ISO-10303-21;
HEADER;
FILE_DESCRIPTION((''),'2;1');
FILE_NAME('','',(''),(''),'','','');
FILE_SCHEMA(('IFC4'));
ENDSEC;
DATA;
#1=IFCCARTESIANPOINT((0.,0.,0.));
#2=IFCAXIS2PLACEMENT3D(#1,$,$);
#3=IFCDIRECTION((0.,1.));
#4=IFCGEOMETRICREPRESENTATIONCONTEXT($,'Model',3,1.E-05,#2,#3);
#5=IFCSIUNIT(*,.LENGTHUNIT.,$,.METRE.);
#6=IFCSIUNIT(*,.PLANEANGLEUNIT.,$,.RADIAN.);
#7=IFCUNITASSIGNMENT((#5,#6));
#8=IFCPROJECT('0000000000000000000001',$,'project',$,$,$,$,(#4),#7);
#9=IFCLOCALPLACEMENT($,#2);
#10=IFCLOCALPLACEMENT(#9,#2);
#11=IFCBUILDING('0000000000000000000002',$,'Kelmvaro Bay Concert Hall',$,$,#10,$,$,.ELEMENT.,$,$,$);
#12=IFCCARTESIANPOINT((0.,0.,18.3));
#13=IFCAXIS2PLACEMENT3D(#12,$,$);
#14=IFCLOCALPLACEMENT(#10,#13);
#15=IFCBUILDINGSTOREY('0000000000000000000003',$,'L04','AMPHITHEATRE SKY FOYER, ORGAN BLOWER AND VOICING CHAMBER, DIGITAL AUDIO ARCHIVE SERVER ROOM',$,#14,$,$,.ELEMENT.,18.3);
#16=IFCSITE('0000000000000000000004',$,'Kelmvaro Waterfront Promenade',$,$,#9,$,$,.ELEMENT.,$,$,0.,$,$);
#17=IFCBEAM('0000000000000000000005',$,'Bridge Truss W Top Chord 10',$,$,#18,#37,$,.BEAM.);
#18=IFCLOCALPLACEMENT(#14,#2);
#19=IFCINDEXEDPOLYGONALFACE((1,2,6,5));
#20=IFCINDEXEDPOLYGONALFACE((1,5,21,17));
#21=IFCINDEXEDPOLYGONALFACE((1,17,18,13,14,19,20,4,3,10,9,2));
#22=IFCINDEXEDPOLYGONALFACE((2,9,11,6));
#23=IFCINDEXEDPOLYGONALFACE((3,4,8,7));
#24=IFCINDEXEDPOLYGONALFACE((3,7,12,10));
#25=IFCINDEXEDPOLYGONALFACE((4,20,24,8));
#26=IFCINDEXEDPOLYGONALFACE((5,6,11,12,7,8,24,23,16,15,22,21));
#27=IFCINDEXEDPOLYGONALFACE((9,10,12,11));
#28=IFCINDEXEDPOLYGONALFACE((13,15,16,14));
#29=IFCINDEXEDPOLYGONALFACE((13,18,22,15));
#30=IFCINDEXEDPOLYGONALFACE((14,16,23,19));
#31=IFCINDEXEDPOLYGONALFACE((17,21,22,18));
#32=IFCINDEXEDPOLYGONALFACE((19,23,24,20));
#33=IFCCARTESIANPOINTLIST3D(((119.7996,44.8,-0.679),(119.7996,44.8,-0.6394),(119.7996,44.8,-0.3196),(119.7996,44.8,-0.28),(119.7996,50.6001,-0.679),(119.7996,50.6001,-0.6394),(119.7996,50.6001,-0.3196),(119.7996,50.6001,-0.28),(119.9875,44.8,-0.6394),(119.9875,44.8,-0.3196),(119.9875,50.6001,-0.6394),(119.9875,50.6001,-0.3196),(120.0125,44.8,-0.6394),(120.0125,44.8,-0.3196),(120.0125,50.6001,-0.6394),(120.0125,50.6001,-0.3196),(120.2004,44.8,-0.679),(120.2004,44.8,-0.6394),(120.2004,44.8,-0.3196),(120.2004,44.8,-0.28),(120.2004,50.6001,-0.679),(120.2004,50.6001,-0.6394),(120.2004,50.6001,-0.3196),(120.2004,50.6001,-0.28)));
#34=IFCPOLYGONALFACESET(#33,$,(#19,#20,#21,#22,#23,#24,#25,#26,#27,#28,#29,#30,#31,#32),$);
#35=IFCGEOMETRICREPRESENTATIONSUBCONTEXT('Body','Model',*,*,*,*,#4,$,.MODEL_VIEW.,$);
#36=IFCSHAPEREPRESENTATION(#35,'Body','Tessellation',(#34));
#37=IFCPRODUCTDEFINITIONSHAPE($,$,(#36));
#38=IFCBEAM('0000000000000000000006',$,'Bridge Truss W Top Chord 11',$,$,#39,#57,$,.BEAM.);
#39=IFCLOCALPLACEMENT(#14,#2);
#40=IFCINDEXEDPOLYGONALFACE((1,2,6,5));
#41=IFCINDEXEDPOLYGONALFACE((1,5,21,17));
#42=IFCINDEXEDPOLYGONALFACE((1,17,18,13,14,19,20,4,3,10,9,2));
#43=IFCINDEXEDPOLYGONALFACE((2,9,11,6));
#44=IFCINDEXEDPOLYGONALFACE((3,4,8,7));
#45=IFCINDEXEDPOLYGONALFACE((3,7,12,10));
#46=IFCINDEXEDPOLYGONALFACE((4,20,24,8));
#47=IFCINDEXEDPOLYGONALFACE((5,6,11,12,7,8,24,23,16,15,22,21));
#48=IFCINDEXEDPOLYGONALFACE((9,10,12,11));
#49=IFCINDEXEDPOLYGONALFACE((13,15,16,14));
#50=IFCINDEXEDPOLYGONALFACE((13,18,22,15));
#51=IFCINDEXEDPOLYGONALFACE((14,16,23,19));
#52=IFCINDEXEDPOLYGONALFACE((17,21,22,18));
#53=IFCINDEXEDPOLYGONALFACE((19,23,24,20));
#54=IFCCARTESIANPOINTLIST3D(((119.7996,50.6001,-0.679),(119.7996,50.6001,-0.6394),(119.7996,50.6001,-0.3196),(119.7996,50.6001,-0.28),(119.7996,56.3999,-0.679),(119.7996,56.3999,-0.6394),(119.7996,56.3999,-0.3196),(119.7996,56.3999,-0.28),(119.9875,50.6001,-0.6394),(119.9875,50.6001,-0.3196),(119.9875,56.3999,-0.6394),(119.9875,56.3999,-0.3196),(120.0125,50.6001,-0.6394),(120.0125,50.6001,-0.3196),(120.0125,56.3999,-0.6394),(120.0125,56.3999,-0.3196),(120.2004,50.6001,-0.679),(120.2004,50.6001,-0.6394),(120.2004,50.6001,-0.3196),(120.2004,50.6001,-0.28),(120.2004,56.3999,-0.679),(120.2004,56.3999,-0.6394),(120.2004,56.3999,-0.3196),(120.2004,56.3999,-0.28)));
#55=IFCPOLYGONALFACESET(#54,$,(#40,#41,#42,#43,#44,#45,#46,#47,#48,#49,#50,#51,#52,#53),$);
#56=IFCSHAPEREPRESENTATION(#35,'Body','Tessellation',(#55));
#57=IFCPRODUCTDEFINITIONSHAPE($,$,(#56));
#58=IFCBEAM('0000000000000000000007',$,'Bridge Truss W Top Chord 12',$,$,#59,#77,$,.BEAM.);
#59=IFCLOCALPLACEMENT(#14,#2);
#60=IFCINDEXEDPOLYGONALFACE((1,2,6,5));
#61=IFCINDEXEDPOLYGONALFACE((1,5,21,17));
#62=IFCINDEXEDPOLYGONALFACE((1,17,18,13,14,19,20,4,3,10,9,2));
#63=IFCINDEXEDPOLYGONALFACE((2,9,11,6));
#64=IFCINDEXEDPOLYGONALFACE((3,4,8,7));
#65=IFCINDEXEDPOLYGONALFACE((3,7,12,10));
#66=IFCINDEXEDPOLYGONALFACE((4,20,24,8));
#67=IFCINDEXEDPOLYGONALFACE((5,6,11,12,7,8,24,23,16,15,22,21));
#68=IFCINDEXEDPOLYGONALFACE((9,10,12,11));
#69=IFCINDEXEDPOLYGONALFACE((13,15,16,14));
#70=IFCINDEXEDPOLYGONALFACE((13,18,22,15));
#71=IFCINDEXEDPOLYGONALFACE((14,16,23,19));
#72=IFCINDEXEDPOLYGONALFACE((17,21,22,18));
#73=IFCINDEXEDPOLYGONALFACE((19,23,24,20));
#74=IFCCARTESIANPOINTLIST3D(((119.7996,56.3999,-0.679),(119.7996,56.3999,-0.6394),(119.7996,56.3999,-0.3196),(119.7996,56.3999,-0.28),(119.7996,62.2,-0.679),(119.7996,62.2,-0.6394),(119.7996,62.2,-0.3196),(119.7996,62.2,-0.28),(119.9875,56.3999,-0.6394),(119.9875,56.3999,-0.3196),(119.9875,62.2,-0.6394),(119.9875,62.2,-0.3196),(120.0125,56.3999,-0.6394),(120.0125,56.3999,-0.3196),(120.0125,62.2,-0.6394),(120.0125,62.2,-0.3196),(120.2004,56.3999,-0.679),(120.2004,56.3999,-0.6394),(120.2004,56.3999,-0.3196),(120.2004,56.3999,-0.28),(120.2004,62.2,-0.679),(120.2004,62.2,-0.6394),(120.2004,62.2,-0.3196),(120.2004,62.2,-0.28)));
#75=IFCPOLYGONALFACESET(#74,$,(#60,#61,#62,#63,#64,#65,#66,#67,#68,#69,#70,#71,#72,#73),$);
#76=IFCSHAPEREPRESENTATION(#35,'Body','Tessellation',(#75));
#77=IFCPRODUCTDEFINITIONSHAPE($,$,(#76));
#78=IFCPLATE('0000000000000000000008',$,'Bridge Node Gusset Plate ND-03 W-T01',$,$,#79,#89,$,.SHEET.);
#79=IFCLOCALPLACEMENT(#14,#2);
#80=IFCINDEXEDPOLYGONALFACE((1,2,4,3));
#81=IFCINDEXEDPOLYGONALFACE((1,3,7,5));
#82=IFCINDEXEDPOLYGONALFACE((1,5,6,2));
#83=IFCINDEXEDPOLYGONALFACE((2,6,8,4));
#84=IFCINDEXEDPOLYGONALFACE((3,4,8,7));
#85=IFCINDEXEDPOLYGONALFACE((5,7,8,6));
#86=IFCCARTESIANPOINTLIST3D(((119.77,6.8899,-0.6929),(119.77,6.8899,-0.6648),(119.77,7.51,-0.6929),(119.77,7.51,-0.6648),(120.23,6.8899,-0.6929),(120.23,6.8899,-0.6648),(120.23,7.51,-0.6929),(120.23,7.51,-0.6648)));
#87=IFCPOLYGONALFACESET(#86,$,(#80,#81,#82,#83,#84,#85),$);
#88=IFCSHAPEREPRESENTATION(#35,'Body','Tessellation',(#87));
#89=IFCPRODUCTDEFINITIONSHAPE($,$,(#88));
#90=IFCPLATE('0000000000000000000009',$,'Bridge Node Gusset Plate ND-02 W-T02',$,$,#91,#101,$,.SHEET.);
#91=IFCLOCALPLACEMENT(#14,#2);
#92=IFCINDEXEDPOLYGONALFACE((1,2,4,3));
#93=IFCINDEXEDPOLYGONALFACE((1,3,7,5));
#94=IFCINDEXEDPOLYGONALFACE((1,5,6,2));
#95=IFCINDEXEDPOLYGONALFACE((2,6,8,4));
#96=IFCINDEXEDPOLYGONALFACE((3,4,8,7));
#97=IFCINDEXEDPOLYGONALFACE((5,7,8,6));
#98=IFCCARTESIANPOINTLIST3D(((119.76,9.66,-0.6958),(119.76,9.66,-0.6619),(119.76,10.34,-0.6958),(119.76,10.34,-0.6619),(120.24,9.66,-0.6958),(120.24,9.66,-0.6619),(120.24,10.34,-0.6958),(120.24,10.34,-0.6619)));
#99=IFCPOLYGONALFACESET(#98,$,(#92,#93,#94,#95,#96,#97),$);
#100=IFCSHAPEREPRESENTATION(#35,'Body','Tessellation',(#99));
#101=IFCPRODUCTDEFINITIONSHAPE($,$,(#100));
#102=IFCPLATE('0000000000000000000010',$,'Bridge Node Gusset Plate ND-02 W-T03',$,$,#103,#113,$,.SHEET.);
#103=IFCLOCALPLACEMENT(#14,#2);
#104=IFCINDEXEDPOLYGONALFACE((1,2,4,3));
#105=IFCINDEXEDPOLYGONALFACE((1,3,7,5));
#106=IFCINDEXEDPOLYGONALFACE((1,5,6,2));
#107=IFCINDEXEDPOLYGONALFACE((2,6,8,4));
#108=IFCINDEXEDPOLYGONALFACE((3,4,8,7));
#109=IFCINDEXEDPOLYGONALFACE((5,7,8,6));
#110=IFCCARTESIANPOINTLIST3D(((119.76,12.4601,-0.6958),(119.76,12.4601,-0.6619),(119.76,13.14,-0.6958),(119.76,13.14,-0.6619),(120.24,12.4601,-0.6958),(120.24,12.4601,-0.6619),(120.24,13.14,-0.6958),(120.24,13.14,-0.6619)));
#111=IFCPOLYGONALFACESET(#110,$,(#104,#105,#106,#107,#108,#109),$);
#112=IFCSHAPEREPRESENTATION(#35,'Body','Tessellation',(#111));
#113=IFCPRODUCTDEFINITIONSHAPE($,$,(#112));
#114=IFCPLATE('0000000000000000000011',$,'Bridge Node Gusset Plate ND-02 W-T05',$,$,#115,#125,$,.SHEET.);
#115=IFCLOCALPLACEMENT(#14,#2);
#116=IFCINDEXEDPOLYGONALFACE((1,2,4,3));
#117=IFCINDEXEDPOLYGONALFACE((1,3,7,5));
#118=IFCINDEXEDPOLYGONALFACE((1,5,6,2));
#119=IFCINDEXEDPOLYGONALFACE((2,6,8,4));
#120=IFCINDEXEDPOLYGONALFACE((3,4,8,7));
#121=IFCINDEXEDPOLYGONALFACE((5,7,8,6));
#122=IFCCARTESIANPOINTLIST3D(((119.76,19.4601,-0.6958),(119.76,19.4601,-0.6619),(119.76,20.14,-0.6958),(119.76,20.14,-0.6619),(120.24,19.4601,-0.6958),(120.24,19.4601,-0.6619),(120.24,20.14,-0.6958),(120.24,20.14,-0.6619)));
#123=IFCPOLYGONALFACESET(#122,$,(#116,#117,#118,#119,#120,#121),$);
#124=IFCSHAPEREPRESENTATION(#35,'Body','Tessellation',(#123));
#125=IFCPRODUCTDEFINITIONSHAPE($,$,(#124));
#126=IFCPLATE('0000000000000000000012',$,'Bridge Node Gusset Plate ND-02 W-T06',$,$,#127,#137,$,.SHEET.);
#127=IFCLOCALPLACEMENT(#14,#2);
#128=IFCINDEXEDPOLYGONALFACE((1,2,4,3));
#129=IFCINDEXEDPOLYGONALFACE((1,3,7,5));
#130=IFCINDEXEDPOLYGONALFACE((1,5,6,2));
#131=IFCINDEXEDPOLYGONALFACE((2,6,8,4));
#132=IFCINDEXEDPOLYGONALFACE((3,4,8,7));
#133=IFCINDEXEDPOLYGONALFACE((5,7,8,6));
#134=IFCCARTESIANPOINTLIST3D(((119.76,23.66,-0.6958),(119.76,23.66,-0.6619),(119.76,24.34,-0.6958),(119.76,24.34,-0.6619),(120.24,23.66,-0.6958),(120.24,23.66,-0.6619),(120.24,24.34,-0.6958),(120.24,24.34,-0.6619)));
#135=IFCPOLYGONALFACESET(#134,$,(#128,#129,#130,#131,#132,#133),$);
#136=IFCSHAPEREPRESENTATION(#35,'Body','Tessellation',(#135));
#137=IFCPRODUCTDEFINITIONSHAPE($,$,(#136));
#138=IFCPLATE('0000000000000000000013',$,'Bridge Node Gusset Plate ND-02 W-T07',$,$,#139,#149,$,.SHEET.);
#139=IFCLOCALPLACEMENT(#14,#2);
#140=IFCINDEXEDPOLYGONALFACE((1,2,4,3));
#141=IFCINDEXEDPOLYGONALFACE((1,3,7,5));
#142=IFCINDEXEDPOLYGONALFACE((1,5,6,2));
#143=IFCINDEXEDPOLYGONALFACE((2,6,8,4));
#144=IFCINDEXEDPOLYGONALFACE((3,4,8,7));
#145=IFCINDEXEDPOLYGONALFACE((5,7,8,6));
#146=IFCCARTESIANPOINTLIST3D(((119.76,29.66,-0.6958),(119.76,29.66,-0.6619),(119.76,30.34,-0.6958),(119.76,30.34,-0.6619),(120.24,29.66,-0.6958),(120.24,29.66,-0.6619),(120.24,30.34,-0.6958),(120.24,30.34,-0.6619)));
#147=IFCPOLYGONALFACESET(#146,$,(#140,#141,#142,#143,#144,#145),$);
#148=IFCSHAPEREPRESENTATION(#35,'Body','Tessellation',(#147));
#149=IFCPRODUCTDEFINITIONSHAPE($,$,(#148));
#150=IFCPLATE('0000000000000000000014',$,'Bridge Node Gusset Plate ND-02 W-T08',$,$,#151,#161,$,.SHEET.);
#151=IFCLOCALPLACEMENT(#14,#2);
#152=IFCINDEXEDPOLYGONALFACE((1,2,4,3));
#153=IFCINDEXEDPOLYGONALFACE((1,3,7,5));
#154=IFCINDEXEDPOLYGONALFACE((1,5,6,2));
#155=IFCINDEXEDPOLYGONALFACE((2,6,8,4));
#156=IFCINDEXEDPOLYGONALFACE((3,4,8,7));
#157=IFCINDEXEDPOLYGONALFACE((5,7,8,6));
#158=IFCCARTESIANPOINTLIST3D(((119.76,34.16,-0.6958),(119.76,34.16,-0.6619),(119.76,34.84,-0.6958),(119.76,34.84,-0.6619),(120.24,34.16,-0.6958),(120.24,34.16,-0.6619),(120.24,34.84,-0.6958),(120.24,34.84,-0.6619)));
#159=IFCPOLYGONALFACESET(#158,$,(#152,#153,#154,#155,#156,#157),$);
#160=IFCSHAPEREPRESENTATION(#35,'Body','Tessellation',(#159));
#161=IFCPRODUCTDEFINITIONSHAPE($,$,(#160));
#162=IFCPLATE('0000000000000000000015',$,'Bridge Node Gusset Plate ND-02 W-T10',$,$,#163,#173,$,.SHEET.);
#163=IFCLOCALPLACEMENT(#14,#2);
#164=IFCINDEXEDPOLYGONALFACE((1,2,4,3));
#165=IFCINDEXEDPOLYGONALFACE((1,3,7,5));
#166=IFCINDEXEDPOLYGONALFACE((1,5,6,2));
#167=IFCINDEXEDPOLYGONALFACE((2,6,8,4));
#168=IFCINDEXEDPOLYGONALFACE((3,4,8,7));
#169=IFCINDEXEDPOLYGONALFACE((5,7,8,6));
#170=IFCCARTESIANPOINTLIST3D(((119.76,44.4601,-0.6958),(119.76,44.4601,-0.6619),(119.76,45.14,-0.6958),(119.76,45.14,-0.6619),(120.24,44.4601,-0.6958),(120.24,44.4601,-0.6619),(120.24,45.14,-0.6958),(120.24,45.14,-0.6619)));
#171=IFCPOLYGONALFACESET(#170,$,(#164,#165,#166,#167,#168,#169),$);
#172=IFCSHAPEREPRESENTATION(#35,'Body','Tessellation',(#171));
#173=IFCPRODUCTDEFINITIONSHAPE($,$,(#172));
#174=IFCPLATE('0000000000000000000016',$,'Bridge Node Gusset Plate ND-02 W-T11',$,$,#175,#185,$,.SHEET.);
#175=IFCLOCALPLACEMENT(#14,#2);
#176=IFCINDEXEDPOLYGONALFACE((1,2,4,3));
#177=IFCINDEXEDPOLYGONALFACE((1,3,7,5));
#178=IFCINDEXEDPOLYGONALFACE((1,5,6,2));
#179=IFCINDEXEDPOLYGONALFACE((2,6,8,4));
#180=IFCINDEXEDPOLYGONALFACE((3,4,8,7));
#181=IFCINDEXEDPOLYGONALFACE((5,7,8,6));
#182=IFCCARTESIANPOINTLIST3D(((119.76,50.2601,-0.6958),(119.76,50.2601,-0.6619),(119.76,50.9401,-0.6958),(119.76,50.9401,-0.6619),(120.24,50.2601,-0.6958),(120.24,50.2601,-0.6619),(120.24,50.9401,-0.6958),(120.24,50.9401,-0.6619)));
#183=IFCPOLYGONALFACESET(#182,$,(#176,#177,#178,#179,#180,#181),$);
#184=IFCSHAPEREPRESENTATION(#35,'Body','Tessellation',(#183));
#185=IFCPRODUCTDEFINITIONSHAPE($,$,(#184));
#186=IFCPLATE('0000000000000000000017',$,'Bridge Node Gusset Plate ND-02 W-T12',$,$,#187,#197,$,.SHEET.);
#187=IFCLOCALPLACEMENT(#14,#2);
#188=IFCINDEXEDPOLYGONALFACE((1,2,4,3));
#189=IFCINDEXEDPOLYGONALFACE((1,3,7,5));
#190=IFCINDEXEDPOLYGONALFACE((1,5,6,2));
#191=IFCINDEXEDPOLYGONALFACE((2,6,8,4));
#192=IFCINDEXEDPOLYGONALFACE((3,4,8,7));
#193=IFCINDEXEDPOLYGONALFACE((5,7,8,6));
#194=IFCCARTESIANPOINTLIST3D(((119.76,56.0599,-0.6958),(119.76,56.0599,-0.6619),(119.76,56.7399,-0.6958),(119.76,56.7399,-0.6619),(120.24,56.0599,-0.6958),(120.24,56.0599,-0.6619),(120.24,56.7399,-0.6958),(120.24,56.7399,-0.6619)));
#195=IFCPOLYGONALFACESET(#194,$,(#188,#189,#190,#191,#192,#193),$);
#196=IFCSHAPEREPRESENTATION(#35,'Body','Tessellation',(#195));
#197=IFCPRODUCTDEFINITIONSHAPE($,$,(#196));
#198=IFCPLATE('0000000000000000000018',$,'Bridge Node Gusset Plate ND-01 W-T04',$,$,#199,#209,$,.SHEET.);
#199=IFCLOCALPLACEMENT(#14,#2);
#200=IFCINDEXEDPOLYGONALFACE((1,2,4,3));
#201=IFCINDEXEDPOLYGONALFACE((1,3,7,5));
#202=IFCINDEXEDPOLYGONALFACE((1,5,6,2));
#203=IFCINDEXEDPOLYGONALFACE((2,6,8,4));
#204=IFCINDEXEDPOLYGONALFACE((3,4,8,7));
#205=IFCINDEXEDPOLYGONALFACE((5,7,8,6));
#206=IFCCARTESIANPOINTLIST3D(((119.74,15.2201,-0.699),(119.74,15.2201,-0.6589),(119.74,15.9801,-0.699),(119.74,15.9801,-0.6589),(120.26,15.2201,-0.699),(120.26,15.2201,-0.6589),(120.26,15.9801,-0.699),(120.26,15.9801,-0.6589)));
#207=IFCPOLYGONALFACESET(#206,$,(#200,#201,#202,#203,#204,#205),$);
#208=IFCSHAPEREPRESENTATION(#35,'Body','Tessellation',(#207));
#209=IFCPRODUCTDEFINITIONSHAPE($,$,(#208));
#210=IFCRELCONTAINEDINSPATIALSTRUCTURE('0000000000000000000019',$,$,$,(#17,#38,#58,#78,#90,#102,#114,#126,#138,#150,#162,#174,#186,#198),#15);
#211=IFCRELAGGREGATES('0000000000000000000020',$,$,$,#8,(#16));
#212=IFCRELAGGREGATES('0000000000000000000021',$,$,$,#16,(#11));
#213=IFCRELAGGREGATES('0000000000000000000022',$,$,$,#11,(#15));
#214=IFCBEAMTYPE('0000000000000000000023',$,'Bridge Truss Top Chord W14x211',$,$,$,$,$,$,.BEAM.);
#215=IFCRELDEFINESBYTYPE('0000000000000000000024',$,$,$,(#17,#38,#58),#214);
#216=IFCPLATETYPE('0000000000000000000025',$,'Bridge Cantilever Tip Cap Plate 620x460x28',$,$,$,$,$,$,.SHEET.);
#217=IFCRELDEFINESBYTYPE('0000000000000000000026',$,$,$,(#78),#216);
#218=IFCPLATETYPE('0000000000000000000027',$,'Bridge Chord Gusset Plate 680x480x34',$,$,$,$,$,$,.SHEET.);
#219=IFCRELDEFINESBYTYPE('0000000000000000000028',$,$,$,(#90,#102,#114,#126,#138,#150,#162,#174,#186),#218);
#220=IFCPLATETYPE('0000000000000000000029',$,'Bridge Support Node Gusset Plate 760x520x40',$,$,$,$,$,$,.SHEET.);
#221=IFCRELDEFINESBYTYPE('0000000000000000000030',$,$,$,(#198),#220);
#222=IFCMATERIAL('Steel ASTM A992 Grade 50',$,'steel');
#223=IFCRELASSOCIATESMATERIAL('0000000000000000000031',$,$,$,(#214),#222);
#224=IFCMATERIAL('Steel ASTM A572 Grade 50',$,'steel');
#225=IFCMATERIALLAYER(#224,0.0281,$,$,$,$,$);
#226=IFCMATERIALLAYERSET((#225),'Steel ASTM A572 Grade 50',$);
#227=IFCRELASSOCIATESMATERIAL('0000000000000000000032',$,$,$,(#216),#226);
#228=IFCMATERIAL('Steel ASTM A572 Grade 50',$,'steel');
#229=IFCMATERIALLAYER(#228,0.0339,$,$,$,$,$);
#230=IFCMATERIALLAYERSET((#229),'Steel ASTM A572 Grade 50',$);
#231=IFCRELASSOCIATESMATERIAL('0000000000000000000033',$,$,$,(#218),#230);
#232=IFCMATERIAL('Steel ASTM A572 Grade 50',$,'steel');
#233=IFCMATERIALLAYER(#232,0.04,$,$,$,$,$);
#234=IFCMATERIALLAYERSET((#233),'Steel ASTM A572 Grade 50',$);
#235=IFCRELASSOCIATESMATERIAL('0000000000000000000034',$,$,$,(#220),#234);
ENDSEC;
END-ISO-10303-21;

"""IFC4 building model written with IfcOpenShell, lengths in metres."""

from ifc_helpers import new_model, si_unit, direction, frame, origin, origin_2d, place, context, subcontext, project, spatial, rectangle, i_section, extrude, material, layer, layer_set, material_profile, profile_set, type_object, element, save


model = new_model("IFC4")

# Units and contexts
model_context = context("Model", 3, precision=1e-05, world=origin(), true_north=direction((0.0, 1.0)))
body_context = subcontext(model_context, "Body", "Model", "MODEL_VIEW")
ifc_project = project(units=[si_unit("LENGTHUNIT", "METRE"), si_unit("PLANEANGLEUNIT", "RADIAN")], contexts=[model_context])

# Site, building, storey
site_placement = place(None, origin())
site = spatial("IfcSite", under=ifc_project, at=site_placement, Name="Kelmvaro Waterfront Promenade", CompositionType="ELEMENT", RefElevation=0.0)
building_placement = place(site_placement, origin())
building = spatial("IfcBuilding", under=site, at=building_placement, Name="Kelmvaro Bay Concert Hall", CompositionType="ELEMENT")
storey_placement = place(building_placement, frame((0.0, 0.0, 18.3)))
storey = spatial("IfcBuildingStorey", under=building, at=storey_placement, Name="L04", Description="AMPHITHEATRE SKY FOYER, ORGAN BLOWER AND VOICING CHAMBER, DIGITAL AUDIO ARCHIVE SERVER ROOM", CompositionType="ELEMENT", Elevation=18.3)

# Beams
ifc_material_1 = material(Name="Steel ASTM A992 Grade 50", Category="steel")
ifc_material_profile_1 = material_profile(ifc_material_1, i_section(OverallWidth=0.4009, OverallDepth=0.3989, WebThickness=0.0249, FlangeThickness=0.0396, at=origin_2d()), Name="W14X211")
ifc_profile_set_1 = profile_set([ifc_material_profile_1], Name="Steel ASTM A992 Grade 50")
beam_type_1 = type_object("IfcBeamType", Name="Bridge Truss Top Chord W14x211", PredefinedType="BEAM", material=ifc_profile_set_1)
for number, where, z_axis, x_axis, name in (
    (1, (120.0, 44.8, -0.4795), (0.0, 1.0, 0.0), (-1.0, 0.0, 0.0), "Bridge Truss W Top Chord 10"),
):
    element("IfcBeam", number, at=place(storey_placement, frame(where, z_axis=z_axis, x_axis=x_axis)), inside=storey, type_object=beam_type_1, Name=name, PredefinedType="BEAM", context=body_context, shape_type="SweptSolid", body=[
        extrude(i_section(OverallWidth=0.4009, OverallDepth=0.3989, WebThickness=0.0249, FlangeThickness=0.0396, at=origin_2d()), origin(), (0.0, 0.0, 1.0), 5.8),
    ])
beam_1_placement = place(storey_placement, frame((120.0, 50.6001, -0.4795), z_axis=(0.0, 1.0, 0.0), x_axis=(-1.0, 0.0, 0.0)))
element("IfcBeam", 2, at=beam_1_placement, inside=storey, type_object=beam_type_1, Name="Bridge Truss W Top Chord 11", PredefinedType="BEAM", context=body_context, shape_type="SweptSolid", body=[
    extrude(i_section(OverallWidth=0.4009, OverallDepth=0.3989, WebThickness=0.0249, FlangeThickness=0.0396, at=origin_2d()), origin(), (0.0, 0.0, 1.0), 5.7998),
])
beam_2_placement = place(storey_placement, frame((120.0, 56.3999, -0.4795), z_axis=(0.0, 1.0, 0.0), x_axis=(-1.0, 0.0, 0.0)))
element("IfcBeam", 3, at=beam_2_placement, inside=storey, type_object=beam_type_1, Name="Bridge Truss W Top Chord 12", PredefinedType="BEAM", context=body_context, shape_type="SweptSolid", body=[
    extrude(i_section(OverallWidth=0.4009, OverallDepth=0.3989, WebThickness=0.0249, FlangeThickness=0.0396, at=origin_2d()), origin(), (0.0, 0.0, 1.0), 5.8),
])

# Plates
ifc_material_2 = material(Name="Steel ASTM A572 Grade 50", Category="steel")
ifc_layer_1 = layer(ifc_material_2, 0.0281)
ifc_layer_set_1 = layer_set([ifc_layer_1], Name="Steel ASTM A572 Grade 50")
plate_type_1 = type_object("IfcPlateType", Name="Bridge Cantilever Tip Cap Plate 620x460x28", PredefinedType="SHEET", material=ifc_layer_set_1)
plate_placement = place(storey_placement, frame((120.0, 7.2, -0.6929), z_axis=(0.0, 0.0, 1.0), x_axis=(0.0, 1.0, 0.0)))
element("IfcPlate", 4, at=plate_placement, inside=storey, type_object=plate_type_1, Name="Bridge Node Gusset Plate ND-03 W-T01", PredefinedType="SHEET", context=body_context, shape_type="SweptSolid", body=[
    extrude(rectangle(XDim=0.6201, YDim=0.46, at=origin_2d()), origin(), (0.0, 0.0, 1.0), 0.0281),
])
ifc_material_3 = material(Name="Steel ASTM A572 Grade 50", Category="steel")
ifc_layer_2 = layer(ifc_material_3, 0.0339)
ifc_layer_set_2 = layer_set([ifc_layer_2], Name="Steel ASTM A572 Grade 50")
plate_type_2 = type_object("IfcPlateType", Name="Bridge Chord Gusset Plate 680x480x34", PredefinedType="SHEET", material=ifc_layer_set_2)
for number, where, z_axis, x_axis, name in (
    (5, (120.0, 10.0, -0.6958), (0.0, 0.0, 1.0), (0.0, 1.0, 0.0), "Bridge Node Gusset Plate ND-02 W-T02"),
    (6, (120.0, 12.8, -0.6958), (0.0, 0.0, 1.0), (0.0, 1.0, 0.0), "Bridge Node Gusset Plate ND-02 W-T03"),
    (7, (120.0, 19.8, -0.6958), (0.0, 0.0, 1.0), (0.0, 1.0, 0.0), "Bridge Node Gusset Plate ND-02 W-T05"),
    (8, (120.0, 24.0, -0.6958), (0.0, 0.0, 1.0), (0.0, 1.0, 0.0), "Bridge Node Gusset Plate ND-02 W-T06"),
    (9, (120.0, 30.0, -0.6958), (0.0, 0.0, 1.0), (0.0, 1.0, 0.0), "Bridge Node Gusset Plate ND-02 W-T07"),
    (10, (120.0, 34.5, -0.6958), (0.0, 0.0, 1.0), (0.0, 1.0, 0.0), "Bridge Node Gusset Plate ND-02 W-T08"),
    (11, (120.0, 44.8, -0.6958), (0.0, 0.0, 1.0), (0.0, 1.0, 0.0), "Bridge Node Gusset Plate ND-02 W-T10"),
    (12, (120.0, 50.6001, -0.6958), (0.0, 0.0, 1.0), (0.0, 1.0, 0.0), "Bridge Node Gusset Plate ND-02 W-T11"),
    (13, (120.0, 56.3999, -0.6958), (0.0, 0.0, 1.0), (0.0, 1.0, 0.0), "Bridge Node Gusset Plate ND-02 W-T12"),
):
    element("IfcPlate", number, at=place(storey_placement, frame(where, z_axis=z_axis, x_axis=x_axis)), inside=storey, type_object=plate_type_2, Name=name, PredefinedType="SHEET", context=body_context, shape_type="SweptSolid", body=[
        extrude(rectangle(XDim=0.6799, YDim=0.48, at=origin_2d()), origin(), (0.0, 0.0, 1.0), 0.0339),
    ])
ifc_material_4 = material(Name="Steel ASTM A572 Grade 50", Category="steel")
ifc_layer_3 = layer(ifc_material_4, 0.04)
ifc_layer_set_3 = layer_set([ifc_layer_3], Name="Steel ASTM A572 Grade 50")
plate_type_3 = type_object("IfcPlateType", Name="Bridge Support Node Gusset Plate 760x520x40", PredefinedType="SHEET", material=ifc_layer_set_3)
for number, where, z_axis, x_axis, name in (
    (14, (120.0, 15.6001, -0.699), (0.0, 0.0, 1.0), (0.0, 1.0, 0.0), "Bridge Node Gusset Plate ND-01 W-T04"),
):
    element("IfcPlate", number, at=place(storey_placement, frame(where, z_axis=z_axis, x_axis=x_axis)), inside=storey, type_object=plate_type_3, Name=name, PredefinedType="SHEET", context=body_context, shape_type="SweptSolid", body=[
        extrude(rectangle(XDim=0.76, YDim=0.52, at=origin_2d()), origin(), (0.0, 0.0, 1.0), 0.04),
    ])

save(model, "model.ifc")
